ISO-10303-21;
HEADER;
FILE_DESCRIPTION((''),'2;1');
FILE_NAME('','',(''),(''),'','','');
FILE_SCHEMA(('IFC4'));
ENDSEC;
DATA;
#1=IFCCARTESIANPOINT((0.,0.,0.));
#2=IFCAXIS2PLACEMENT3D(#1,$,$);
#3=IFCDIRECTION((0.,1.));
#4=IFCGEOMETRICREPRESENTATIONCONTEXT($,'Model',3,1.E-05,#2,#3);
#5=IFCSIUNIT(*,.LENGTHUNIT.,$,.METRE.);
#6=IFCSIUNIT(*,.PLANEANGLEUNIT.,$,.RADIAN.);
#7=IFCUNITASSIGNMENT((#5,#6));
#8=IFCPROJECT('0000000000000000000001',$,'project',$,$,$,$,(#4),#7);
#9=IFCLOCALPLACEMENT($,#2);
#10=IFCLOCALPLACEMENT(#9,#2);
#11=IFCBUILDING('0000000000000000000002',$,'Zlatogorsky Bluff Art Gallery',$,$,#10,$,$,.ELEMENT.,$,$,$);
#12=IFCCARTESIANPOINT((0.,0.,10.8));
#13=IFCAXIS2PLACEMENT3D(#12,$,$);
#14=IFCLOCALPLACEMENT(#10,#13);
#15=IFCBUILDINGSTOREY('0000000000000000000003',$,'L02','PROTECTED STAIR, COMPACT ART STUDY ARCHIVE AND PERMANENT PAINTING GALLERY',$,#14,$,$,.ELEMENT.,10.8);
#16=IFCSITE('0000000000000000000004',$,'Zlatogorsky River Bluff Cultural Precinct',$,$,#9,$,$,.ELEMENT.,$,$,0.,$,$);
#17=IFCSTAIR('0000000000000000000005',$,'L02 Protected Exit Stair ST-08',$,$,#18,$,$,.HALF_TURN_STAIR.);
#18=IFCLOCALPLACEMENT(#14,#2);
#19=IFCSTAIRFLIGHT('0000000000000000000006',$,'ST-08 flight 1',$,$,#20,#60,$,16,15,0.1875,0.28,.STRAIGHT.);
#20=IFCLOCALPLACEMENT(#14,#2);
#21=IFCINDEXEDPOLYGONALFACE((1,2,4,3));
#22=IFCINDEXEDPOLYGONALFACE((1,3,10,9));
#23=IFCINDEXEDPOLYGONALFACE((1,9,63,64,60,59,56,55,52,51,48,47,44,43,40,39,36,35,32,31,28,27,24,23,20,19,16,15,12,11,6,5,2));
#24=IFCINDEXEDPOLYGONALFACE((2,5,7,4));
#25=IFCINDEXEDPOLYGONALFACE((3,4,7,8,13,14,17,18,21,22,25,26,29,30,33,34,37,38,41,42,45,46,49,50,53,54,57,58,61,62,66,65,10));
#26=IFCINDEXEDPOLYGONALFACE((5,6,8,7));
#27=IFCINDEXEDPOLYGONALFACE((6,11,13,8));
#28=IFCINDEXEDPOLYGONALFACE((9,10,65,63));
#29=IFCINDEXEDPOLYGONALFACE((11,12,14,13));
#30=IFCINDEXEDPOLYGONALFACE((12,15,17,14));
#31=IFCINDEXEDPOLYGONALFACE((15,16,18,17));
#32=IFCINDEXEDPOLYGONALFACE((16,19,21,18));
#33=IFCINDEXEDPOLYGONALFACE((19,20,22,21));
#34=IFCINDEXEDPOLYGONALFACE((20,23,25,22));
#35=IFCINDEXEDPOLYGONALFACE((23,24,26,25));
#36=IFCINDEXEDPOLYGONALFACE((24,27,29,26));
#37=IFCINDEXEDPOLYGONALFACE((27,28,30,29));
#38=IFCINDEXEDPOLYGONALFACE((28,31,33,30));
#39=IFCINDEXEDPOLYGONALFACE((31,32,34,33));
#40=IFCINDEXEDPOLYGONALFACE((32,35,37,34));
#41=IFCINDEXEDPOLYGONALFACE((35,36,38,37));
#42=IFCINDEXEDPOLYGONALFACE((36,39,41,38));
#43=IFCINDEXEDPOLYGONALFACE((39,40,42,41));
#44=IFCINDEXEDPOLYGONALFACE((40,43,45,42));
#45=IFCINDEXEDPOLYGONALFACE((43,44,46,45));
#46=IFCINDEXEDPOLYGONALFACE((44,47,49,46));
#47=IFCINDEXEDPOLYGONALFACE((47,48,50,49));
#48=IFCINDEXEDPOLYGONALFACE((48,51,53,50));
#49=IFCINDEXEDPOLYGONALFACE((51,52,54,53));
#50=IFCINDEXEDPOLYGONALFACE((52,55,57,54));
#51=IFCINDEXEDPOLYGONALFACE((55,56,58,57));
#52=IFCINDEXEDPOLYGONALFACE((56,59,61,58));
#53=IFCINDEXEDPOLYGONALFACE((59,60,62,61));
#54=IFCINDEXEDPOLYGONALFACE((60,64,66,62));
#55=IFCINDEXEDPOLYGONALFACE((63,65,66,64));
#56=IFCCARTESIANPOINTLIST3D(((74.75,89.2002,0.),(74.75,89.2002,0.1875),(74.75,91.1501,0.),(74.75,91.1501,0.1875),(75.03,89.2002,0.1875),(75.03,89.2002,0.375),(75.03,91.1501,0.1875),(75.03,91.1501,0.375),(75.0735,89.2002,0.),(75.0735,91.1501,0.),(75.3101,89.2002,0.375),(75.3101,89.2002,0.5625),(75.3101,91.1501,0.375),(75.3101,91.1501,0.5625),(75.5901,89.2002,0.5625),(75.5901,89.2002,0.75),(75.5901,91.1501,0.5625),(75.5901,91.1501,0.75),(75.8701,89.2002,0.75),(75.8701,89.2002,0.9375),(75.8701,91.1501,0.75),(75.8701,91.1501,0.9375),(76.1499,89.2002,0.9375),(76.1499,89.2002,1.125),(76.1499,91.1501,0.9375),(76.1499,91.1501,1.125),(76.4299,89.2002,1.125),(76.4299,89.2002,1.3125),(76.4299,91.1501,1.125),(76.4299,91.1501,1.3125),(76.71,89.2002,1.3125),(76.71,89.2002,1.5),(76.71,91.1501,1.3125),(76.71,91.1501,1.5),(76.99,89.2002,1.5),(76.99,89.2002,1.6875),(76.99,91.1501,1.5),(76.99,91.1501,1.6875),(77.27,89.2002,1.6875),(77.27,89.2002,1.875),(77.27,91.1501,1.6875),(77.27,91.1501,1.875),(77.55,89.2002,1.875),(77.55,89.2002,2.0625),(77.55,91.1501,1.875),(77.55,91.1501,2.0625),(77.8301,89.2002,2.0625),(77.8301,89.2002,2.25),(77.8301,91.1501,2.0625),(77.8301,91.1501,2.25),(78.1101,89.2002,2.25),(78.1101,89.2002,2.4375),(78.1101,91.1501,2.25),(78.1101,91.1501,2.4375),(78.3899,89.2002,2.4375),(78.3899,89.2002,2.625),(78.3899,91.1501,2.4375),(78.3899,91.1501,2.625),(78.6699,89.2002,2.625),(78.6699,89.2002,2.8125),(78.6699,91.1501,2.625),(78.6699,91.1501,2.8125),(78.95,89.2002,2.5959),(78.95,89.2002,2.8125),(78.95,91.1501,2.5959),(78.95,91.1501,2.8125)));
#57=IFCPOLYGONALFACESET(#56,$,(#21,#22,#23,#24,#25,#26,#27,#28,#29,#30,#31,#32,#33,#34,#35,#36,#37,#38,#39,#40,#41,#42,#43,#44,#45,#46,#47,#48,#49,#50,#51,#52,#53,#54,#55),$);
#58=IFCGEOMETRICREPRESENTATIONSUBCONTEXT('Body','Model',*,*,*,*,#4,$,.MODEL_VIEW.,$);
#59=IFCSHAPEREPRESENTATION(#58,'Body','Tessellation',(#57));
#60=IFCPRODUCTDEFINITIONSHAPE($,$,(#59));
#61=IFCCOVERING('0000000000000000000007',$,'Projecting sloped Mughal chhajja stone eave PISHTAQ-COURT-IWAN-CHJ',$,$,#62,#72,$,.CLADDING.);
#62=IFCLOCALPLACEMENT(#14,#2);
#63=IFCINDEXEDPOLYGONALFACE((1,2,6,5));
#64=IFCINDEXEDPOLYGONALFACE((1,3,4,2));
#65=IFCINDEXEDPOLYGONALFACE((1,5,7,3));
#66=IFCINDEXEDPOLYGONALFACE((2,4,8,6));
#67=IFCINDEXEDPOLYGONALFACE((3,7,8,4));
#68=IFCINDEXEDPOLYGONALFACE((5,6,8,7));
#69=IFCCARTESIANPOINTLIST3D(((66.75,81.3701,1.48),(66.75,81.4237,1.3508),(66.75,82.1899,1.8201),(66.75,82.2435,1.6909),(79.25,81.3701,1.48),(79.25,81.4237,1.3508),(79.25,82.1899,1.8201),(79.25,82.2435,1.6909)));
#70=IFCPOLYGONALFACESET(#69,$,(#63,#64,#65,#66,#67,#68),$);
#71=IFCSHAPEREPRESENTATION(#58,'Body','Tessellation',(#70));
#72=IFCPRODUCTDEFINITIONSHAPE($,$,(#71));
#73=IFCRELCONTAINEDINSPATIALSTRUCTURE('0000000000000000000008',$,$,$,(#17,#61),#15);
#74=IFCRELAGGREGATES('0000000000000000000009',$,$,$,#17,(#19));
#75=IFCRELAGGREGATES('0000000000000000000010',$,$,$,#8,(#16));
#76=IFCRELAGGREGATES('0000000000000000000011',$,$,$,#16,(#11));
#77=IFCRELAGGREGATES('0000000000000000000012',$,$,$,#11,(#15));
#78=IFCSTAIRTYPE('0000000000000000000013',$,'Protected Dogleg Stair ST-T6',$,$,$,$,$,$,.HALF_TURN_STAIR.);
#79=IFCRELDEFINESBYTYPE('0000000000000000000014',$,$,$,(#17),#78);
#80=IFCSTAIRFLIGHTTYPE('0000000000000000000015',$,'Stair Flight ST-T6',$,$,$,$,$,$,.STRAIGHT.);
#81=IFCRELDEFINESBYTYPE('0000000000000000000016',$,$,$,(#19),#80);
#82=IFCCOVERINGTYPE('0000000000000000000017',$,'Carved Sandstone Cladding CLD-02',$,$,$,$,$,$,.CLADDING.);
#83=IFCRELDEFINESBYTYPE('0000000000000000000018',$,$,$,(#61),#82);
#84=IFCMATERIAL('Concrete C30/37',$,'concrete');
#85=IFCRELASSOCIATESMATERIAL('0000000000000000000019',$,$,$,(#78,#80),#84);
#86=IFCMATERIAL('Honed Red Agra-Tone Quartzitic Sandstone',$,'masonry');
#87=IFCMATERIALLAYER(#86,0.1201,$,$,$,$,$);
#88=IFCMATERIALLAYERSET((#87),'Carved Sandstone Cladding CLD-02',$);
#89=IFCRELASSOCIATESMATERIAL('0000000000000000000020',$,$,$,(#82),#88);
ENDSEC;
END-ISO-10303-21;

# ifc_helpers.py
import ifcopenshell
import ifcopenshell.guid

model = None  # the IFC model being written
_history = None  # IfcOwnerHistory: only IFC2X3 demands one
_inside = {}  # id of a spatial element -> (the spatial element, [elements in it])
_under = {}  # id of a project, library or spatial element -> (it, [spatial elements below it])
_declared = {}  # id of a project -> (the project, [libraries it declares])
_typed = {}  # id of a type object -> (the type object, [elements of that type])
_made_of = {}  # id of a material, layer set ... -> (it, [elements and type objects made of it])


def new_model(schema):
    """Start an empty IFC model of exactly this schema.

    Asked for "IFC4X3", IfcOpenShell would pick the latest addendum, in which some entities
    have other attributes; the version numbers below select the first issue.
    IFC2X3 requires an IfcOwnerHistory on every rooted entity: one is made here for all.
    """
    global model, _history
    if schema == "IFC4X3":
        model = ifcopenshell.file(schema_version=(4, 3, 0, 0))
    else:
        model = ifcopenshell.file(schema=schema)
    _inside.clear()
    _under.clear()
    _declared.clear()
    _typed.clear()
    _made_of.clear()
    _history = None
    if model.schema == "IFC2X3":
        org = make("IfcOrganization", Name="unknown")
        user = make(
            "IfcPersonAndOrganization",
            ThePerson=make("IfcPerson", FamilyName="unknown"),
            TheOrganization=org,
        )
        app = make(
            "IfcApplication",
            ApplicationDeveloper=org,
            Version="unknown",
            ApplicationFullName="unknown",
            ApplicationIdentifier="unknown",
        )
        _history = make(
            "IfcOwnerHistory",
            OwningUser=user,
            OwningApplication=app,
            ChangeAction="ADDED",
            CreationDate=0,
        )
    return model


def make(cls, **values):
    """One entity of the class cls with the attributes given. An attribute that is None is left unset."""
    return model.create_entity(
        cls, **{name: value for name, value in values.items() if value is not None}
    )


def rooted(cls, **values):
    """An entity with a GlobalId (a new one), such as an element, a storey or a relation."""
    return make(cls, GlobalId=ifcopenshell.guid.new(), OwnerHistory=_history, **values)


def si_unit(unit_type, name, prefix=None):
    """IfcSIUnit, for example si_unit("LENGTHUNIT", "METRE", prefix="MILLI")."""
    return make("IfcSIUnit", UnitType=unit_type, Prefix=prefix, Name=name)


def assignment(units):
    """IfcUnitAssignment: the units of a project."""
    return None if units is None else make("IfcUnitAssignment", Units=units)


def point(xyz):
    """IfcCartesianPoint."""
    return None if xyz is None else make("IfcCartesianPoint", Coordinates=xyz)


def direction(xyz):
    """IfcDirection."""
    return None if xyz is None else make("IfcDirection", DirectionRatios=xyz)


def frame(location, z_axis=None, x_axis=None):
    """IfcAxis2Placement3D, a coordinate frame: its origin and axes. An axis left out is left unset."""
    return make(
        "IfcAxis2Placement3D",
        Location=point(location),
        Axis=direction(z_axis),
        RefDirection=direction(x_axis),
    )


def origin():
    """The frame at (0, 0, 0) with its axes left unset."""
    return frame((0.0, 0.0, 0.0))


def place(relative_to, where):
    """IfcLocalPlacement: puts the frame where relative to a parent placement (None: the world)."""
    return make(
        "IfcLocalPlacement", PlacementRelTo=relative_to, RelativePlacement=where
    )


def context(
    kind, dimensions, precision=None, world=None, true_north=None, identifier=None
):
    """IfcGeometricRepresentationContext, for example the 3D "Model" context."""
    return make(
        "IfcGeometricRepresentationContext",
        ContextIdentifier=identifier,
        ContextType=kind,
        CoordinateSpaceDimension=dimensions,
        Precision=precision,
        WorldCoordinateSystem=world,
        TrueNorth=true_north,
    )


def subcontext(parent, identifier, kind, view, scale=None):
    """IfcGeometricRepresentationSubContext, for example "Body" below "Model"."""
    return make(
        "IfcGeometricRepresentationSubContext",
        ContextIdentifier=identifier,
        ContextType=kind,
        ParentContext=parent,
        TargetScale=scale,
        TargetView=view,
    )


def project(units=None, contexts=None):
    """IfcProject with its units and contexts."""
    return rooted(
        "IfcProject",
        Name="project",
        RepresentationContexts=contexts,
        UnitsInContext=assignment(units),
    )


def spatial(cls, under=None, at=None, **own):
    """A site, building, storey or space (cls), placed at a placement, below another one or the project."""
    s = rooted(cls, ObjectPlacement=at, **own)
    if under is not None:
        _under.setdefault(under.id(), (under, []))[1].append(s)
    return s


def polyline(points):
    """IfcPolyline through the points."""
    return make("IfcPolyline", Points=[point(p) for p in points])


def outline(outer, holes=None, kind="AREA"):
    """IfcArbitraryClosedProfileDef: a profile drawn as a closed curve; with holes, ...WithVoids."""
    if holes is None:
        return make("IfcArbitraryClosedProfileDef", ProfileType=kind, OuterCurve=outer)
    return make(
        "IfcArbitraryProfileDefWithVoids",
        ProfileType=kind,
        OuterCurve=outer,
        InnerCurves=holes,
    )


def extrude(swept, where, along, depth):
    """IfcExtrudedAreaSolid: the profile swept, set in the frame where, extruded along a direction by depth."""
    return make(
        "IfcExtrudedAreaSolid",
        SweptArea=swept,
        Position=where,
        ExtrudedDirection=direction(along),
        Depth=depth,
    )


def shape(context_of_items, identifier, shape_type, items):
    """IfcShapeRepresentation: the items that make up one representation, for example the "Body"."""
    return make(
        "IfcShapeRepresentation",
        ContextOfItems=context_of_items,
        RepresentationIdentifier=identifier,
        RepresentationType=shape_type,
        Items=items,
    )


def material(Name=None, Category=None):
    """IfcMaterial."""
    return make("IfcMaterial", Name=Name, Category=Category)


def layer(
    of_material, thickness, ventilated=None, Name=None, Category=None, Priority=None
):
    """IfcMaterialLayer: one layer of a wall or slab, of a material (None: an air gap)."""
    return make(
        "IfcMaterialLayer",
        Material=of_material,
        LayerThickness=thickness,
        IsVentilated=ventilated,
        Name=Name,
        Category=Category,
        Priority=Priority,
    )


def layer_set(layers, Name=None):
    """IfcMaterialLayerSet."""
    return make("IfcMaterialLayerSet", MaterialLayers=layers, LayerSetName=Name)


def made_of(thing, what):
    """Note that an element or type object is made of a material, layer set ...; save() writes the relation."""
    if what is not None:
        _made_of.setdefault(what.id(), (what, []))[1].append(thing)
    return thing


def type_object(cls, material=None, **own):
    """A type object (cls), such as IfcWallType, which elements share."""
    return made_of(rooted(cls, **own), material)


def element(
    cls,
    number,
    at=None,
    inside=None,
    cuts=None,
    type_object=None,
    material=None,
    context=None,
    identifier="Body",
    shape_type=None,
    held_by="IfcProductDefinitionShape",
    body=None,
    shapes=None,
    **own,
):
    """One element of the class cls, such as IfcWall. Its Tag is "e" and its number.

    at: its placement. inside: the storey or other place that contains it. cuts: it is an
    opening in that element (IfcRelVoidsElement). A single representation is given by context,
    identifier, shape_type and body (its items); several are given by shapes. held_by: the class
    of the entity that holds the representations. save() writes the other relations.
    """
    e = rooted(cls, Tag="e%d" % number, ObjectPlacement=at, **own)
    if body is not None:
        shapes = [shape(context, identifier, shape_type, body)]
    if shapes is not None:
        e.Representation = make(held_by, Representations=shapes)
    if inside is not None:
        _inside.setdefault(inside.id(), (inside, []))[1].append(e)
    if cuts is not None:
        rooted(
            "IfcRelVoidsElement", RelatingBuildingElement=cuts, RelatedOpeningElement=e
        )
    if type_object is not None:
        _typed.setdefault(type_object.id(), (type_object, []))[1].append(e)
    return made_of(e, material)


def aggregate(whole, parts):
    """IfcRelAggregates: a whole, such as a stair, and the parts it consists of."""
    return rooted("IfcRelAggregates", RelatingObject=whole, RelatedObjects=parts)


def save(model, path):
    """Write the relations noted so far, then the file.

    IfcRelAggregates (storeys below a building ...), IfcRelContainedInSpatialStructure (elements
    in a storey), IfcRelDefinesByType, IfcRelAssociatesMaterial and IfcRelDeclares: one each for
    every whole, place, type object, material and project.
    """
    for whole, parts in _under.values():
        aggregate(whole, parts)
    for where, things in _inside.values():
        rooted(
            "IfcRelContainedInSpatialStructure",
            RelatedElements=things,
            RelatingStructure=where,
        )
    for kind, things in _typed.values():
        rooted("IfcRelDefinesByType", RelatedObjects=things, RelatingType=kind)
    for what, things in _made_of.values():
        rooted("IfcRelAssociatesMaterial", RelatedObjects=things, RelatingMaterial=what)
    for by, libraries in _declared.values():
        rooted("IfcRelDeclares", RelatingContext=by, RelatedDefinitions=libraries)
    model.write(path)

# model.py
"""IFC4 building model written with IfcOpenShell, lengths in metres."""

from ifc_helpers import new_model, si_unit, direction, frame, origin, place, context, subcontext, project, spatial, polyline, outline, extrude, material, layer, layer_set, type_object, element, aggregate, save


model = new_model("IFC4")

# Units and contexts
model_context = context("Model", 3, precision=1e-05, world=origin(), true_north=direction((0.0, 1.0)))
body_context = subcontext(model_context, "Body", "Model", "MODEL_VIEW")
ifc_project = project(units=[si_unit("LENGTHUNIT", "METRE"), si_unit("PLANEANGLEUNIT", "RADIAN")], contexts=[model_context])

# Site, building, storey
site_placement = place(None, origin())
site = spatial("IfcSite", under=ifc_project, at=site_placement, Name="Zlatogorsky River Bluff Cultural Precinct", CompositionType="ELEMENT", RefElevation=0.0)
building_placement = place(site_placement, origin())
building = spatial("IfcBuilding", under=site, at=building_placement, Name="Zlatogorsky Bluff Art Gallery", CompositionType="ELEMENT")
storey_placement = place(building_placement, frame((0.0, 0.0, 10.8)))
storey = spatial("IfcBuildingStorey", under=building, at=storey_placement, Name="L02", Description="PROTECTED STAIR, COMPACT ART STUDY ARCHIVE AND PERMANENT PAINTING GALLERY", CompositionType="ELEMENT", Elevation=10.8)

# Shared definitions
ifc_material_1 = material(Name="Concrete C30/37", Category="concrete")

# Stair, stair flight
stair_type = type_object("IfcStairType", Name="Protected Dogleg Stair ST-T6", PredefinedType="HALF_TURN_STAIR", material=ifc_material_1)
stair_placement = place(storey_placement, origin())
stair = element("IfcStair", 1, at=stair_placement, inside=storey, type_object=stair_type, Name="L02 Protected Exit Stair ST-08", PredefinedType="HALF_TURN_STAIR")
stair_flight_type = type_object("IfcStairFlightType", Name="Stair Flight ST-T6", PredefinedType="STRAIGHT", material=ifc_material_1)
stair_flight_placement = place(storey_placement, frame((74.75, 90.175, 0.0), z_axis=(0.0, 0.0, 1.0), x_axis=(1.0, 0.0, 0.0)))
stair_flight = element("IfcStairFlight", 2, at=stair_flight_placement, type_object=stair_flight_type, Name="ST-08 flight 1", NumberOfRisers=16, NumberOfTreads=15, PredefinedType="STRAIGHT", RiserHeight=0.1875, TreadLength=0.28, context=body_context, shape_type="SweptSolid", body=[
    extrude(outline(polyline([(0.0, 0.0), (0.0, 0.1875), (0.28, 0.1875), (0.28, 0.375), (0.5601, 0.375), (0.5601, 0.5625), (0.8401, 0.5625), (0.8401, 0.75), (1.1201, 0.75), (1.1201, 0.9375), (1.3999, 0.9375), (1.3999, 1.125), (1.6799, 1.125), (1.6799, 1.3125), (1.96, 1.3125), (1.96, 1.5), (2.24, 1.5), (2.24, 1.6875), (2.52, 1.6875), (2.52, 1.875), (2.8, 1.875), (2.8, 2.0625), (3.0801, 2.0625), (3.0801, 2.25), (3.3601, 2.25), (3.3601, 2.4375), (3.6399, 2.4375), (3.6399, 2.625), (3.9199, 2.625), (3.9199, 2.8125), (4.2, 2.8125), (4.2, 3.0), (4.2, 2.5959), (0.3235, 0.0), (0.0, 0.0)])), frame((0.0, 0.9751, 0.0), z_axis=(0.0, -1.0, 0.0), x_axis=(1.0, 0.0, 0.0)), (0.0, 0.0, 1.0), 1.95),
])
aggregate(stair, [stair_flight])

# Covering
ifc_material_2 = material(Name="Honed Red Agra-Tone Quartzitic Sandstone", Category="masonry")
ifc_layer_1 = layer(ifc_material_2, 0.1201)
ifc_layer_set_1 = layer_set([ifc_layer_1], Name="Carved Sandstone Cladding CLD-02")
covering_type = type_object("IfcCoveringType", Name="Carved Sandstone Cladding CLD-02", PredefinedType="CLADDING", material=ifc_layer_set_1)
covering_placement = place(storey_placement, frame((79.25, 82.1899, 1.8201), z_axis=(0.0, -0.38317, 0.923678), x_axis=(-1.0, 0.0, 0.0)))
element("IfcCovering", 3, at=covering_placement, inside=storey, type_object=covering_type, Name="Projecting sloped Mughal chhajja stone eave PISHTAQ-COURT-IWAN-CHJ", PredefinedType="CLADDING", context=body_context, shape_type="SweptSolid", body=[
    extrude(outline(polyline([(0.0, 0.0), (12.5, 0.0), (12.5, 0.8876), (0.0, 0.8876), (0.0, 0.0)])), origin(), (0.0, 0.0, -1.0), 0.1399),
])

save(model, "model.ifc")
